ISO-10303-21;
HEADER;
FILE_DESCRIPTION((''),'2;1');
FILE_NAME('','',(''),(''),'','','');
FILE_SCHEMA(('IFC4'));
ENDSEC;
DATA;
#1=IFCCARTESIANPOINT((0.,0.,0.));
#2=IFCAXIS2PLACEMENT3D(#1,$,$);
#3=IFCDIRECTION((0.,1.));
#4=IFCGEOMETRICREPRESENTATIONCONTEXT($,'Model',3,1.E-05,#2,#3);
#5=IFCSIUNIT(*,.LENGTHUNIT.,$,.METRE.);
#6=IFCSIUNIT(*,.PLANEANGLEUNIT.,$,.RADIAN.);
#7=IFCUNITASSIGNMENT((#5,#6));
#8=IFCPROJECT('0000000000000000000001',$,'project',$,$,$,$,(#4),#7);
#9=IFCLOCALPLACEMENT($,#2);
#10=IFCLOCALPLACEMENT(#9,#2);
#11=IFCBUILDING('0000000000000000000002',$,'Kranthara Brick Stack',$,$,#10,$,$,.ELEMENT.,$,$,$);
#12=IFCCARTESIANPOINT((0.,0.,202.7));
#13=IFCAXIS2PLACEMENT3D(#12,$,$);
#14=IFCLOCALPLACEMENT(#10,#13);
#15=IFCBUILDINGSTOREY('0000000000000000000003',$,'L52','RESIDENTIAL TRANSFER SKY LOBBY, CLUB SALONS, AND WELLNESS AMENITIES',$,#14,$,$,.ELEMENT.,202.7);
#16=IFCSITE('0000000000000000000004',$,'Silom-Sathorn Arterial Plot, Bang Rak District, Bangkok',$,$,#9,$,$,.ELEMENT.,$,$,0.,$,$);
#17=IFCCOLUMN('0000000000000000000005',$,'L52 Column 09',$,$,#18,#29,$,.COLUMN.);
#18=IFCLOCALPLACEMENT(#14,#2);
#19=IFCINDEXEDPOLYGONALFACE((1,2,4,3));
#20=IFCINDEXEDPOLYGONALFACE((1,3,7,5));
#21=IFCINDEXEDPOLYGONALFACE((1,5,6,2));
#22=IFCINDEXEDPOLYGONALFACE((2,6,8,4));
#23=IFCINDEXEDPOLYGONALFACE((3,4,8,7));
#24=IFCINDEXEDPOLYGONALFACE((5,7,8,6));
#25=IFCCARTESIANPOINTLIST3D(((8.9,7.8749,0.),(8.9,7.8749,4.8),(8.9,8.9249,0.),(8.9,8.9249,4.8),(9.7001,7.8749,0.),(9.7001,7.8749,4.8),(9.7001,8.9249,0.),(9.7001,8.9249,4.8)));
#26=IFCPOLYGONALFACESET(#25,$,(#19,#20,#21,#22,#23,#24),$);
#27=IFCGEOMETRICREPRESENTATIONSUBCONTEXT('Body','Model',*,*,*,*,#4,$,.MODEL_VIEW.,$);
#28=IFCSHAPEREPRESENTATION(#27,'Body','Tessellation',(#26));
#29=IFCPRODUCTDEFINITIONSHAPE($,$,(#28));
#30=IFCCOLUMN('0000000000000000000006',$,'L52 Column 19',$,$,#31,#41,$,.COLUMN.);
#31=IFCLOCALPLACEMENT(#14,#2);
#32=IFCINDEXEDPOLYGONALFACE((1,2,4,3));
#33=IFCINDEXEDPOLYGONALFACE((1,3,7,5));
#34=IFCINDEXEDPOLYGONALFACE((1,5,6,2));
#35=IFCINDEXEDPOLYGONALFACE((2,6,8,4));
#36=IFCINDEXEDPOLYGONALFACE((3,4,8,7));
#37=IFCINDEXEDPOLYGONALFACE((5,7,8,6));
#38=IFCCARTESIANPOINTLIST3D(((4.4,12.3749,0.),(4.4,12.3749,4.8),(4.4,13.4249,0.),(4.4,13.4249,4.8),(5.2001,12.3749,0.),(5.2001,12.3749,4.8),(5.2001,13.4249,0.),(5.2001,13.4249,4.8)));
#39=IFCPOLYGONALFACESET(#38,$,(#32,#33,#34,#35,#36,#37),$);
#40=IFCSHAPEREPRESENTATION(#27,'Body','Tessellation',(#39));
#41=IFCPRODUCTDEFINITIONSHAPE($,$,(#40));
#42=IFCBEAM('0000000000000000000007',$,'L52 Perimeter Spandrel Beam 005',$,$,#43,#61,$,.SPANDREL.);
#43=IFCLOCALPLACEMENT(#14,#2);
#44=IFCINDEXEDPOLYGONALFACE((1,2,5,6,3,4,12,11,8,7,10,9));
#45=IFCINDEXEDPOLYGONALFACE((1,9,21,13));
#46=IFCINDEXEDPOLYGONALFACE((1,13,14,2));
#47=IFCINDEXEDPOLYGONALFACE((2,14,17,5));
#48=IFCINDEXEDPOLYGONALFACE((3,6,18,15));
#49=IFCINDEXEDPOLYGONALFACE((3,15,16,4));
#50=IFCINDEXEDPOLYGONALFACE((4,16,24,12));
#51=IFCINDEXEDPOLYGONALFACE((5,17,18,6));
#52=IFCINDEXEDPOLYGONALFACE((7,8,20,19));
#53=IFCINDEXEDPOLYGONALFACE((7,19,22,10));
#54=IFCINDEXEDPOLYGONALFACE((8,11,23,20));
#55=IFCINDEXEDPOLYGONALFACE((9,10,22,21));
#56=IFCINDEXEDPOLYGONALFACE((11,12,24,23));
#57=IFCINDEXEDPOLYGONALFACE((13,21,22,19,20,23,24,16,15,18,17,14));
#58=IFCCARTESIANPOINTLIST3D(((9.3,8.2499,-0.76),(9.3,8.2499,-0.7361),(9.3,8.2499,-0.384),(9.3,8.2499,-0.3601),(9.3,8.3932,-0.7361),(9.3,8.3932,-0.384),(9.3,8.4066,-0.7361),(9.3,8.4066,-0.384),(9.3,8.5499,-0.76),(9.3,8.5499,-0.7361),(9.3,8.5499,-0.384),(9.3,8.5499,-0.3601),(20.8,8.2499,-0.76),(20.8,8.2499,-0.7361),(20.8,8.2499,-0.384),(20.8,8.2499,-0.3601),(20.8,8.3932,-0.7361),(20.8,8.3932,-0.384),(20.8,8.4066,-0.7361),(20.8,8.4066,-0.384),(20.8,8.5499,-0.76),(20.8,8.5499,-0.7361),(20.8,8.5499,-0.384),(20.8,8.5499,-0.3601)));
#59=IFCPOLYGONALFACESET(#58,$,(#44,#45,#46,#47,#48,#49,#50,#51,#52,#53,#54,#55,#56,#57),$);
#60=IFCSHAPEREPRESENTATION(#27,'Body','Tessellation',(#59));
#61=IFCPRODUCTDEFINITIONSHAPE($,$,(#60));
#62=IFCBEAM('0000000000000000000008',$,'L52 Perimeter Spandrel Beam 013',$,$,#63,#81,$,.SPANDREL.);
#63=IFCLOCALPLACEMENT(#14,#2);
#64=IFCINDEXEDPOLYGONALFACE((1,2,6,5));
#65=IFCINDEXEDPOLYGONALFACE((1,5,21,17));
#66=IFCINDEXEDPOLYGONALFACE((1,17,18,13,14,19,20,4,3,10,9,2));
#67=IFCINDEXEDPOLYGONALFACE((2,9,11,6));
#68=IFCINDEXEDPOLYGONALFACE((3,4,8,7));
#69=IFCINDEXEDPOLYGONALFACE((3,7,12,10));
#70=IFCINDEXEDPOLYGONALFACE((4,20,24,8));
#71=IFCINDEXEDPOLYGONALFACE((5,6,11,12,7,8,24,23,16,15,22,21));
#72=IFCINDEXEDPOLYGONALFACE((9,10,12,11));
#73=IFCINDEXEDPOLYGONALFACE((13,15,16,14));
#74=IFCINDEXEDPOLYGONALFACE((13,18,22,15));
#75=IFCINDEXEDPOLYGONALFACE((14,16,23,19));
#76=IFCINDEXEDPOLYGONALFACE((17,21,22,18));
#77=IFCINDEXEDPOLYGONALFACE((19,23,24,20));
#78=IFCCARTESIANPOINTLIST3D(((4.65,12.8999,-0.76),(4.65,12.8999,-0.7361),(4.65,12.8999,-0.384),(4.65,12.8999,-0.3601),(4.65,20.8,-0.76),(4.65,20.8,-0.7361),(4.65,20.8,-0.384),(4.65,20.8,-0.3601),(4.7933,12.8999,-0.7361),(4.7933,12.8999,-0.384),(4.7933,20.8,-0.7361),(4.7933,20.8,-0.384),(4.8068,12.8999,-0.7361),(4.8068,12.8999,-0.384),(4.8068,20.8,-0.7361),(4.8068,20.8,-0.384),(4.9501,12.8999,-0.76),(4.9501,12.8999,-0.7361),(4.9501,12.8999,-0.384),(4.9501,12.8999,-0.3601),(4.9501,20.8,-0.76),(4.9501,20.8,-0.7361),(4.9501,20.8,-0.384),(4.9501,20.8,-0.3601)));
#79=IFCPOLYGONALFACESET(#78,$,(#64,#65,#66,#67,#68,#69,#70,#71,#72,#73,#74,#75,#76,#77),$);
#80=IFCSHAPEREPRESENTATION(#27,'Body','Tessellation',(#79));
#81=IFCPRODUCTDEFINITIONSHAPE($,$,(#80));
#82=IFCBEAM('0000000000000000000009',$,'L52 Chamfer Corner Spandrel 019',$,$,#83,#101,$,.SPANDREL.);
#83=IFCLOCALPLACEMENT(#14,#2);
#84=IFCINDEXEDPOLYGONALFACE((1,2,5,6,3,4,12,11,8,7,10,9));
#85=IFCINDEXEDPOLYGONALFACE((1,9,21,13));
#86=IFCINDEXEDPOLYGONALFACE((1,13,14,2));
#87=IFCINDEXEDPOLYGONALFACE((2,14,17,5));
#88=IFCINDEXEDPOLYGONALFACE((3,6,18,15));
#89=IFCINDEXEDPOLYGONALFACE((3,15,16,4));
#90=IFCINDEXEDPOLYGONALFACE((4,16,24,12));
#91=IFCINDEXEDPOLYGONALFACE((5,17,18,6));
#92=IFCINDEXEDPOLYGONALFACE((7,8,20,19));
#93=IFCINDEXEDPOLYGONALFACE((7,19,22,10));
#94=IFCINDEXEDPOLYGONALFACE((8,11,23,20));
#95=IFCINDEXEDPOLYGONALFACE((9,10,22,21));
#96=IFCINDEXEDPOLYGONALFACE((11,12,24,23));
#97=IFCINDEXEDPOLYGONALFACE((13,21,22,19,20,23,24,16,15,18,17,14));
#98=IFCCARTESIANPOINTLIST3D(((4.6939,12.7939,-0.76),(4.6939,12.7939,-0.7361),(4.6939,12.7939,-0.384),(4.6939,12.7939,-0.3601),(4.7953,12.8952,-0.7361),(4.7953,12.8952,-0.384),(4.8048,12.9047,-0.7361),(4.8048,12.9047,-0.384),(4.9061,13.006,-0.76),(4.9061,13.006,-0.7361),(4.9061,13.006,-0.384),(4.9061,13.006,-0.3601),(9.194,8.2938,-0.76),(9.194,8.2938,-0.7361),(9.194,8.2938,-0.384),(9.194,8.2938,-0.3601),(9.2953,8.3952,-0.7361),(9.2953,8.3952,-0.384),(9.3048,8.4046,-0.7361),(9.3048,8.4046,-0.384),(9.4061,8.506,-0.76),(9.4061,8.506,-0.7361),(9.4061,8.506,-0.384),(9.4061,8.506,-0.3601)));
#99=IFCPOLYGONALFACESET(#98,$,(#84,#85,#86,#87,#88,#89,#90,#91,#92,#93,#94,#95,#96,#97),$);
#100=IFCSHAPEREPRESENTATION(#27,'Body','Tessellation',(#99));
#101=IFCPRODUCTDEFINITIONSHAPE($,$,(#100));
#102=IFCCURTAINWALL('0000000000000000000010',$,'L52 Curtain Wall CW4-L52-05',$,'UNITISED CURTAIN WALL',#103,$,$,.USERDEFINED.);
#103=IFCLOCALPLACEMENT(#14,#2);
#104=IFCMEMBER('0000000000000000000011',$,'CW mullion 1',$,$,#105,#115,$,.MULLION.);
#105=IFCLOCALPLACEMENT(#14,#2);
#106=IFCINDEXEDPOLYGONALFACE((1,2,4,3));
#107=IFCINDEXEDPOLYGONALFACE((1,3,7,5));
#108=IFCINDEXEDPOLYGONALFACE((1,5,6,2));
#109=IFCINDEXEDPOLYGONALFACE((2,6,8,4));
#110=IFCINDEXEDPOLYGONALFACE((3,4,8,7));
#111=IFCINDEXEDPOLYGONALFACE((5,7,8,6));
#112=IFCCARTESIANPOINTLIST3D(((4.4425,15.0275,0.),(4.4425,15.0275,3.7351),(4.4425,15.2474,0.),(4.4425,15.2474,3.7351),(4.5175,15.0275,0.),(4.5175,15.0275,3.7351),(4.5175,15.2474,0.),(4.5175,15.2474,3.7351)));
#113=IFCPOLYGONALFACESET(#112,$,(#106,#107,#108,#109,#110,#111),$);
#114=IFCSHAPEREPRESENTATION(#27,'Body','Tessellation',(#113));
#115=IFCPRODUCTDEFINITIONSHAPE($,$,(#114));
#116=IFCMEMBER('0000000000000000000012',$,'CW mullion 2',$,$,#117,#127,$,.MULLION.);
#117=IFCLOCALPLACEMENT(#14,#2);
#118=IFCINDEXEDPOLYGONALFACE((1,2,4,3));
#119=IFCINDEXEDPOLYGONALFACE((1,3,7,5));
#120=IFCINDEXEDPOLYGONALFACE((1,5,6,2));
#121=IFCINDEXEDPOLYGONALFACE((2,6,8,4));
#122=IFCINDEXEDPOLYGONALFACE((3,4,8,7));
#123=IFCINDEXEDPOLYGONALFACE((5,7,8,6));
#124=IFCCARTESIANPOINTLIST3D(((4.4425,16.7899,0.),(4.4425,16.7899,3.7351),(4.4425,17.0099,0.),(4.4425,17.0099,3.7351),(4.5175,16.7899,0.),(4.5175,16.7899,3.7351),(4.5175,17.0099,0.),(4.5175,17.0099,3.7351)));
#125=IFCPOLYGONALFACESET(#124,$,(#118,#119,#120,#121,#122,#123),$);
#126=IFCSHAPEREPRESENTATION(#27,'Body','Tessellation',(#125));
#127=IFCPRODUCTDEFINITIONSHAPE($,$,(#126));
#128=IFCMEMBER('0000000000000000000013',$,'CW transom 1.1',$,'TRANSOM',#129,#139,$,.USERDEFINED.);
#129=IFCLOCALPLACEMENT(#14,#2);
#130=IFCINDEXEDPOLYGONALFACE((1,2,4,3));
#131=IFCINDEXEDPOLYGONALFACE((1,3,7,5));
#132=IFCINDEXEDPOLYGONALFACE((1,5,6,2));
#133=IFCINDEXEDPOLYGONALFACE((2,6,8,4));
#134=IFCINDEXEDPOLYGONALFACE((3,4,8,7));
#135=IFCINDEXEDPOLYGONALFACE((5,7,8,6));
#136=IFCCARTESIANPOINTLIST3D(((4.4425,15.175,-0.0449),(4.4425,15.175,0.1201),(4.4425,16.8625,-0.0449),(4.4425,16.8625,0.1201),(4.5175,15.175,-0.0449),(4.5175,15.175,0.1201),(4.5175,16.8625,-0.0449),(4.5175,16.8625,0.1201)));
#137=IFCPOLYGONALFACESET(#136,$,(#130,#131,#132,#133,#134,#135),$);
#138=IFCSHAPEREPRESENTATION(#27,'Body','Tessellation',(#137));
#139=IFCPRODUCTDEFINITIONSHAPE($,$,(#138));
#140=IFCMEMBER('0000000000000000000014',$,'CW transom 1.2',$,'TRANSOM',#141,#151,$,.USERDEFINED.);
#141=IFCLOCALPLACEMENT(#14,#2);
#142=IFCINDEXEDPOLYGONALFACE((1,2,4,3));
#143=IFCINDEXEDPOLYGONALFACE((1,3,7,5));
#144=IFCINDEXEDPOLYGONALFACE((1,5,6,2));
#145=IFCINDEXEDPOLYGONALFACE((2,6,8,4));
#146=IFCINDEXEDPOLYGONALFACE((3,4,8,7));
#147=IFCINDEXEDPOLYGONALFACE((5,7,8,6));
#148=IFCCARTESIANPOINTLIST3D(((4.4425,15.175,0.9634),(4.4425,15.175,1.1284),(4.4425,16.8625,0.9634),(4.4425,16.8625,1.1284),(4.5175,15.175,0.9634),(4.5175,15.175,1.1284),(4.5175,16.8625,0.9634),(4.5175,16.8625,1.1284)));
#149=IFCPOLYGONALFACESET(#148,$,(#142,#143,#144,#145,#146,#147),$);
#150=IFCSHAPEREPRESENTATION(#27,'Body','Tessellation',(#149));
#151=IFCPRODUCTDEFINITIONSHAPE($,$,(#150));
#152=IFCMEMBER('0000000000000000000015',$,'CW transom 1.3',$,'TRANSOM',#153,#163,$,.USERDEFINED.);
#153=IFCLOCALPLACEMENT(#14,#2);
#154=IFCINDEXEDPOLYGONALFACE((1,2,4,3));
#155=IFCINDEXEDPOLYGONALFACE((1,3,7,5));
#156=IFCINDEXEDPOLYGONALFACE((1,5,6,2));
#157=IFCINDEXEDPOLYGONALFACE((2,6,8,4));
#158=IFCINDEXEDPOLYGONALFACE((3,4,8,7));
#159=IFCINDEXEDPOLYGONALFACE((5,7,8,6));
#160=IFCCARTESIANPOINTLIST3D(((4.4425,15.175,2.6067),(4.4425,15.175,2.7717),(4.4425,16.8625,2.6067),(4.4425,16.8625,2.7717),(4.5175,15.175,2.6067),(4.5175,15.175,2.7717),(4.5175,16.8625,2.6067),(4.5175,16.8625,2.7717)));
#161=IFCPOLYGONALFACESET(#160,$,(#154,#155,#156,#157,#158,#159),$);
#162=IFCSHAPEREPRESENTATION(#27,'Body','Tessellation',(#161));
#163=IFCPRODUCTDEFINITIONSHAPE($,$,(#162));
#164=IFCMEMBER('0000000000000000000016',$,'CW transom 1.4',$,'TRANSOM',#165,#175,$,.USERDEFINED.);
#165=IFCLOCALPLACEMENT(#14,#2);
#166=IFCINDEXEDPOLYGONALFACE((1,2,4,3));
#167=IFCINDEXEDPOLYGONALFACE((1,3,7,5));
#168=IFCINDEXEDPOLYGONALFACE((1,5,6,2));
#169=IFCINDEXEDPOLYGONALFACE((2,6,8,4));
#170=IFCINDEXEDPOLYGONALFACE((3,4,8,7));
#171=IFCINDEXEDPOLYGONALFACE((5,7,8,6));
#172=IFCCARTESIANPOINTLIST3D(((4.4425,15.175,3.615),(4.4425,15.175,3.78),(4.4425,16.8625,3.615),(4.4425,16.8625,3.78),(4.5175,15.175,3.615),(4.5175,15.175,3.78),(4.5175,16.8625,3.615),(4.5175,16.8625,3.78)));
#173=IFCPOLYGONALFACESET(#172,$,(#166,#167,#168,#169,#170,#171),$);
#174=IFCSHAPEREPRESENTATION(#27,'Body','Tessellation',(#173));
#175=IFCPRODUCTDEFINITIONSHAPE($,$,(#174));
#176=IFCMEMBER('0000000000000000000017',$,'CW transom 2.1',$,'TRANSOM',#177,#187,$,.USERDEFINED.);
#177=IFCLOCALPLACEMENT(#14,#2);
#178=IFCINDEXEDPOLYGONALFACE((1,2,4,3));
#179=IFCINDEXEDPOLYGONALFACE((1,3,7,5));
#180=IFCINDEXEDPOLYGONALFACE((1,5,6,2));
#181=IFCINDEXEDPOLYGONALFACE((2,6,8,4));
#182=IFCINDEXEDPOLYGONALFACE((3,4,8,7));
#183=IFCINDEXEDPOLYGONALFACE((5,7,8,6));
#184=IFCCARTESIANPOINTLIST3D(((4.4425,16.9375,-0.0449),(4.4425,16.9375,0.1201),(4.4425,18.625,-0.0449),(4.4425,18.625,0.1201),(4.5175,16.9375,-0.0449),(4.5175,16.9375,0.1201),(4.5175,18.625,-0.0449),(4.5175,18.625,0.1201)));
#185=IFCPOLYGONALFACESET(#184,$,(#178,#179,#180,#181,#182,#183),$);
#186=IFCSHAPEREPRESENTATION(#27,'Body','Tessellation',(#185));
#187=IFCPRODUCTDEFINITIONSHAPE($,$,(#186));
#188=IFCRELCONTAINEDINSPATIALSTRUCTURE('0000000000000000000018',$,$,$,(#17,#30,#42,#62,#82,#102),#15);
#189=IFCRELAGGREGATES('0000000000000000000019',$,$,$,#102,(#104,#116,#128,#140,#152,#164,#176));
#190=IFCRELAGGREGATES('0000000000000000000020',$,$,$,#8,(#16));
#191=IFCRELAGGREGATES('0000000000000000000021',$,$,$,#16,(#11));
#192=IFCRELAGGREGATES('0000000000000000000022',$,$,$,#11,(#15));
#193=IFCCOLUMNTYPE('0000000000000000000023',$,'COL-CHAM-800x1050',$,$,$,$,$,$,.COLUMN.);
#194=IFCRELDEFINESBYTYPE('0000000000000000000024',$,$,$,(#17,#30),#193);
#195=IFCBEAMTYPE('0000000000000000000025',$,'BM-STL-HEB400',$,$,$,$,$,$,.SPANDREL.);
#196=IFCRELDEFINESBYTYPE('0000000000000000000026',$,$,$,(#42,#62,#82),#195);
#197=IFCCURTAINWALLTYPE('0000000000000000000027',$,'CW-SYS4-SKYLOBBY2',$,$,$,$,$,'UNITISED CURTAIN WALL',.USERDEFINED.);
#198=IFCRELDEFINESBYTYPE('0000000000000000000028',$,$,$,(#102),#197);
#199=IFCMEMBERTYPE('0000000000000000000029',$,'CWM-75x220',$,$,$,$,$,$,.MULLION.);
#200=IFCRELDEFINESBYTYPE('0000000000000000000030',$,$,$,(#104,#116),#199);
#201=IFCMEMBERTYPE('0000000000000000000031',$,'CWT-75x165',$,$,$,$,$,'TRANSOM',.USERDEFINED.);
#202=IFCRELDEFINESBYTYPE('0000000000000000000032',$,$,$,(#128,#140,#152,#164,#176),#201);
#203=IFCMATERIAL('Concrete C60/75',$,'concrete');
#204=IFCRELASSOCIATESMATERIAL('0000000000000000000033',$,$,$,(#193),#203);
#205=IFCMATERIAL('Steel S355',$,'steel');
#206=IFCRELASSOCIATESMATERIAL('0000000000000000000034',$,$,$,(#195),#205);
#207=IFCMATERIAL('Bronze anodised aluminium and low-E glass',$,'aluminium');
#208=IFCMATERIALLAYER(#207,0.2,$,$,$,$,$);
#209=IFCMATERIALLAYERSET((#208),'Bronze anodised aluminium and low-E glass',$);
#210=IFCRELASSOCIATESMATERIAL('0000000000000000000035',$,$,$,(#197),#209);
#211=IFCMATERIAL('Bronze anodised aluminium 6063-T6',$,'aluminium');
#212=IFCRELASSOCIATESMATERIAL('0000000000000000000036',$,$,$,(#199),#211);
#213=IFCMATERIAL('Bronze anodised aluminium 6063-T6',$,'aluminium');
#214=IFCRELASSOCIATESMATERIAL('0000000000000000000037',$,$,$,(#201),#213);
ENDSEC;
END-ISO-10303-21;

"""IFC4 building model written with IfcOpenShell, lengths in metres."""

from ifc_helpers import new_model, si_unit, direction, frame, origin, origin_2d, place, context, subcontext, project, spatial, rectangle, i_section, extrude, material, layer, layer_set, material_profile, profile_set, type_object, element, aggregate, save


model = new_model("IFC4")

# Units and contexts
model_context = context("Model", 3, precision=1e-05, world=origin(), true_north=direction((0.0, 1.0)))
body_context = subcontext(model_context, "Body", "Model", "MODEL_VIEW")
ifc_project = project(units=[si_unit("LENGTHUNIT", "METRE"), si_unit("PLANEANGLEUNIT", "RADIAN")], contexts=[model_context])

# Site, building, storey
site_placement = place(None, origin())
site = spatial("IfcSite", under=ifc_project, at=site_placement, Name="Silom-Sathorn Arterial Plot, Bang Rak District, Bangkok", CompositionType="ELEMENT", RefElevation=0.0)
building_placement = place(site_placement, origin())
building = spatial("IfcBuilding", under=site, at=building_placement, Name="Kranthara Brick Stack", CompositionType="ELEMENT")
storey_placement = place(building_placement, frame((0.0, 0.0, 202.7)))
storey = spatial("IfcBuildingStorey", under=building, at=storey_placement, Name="L52", Description="RESIDENTIAL TRANSFER SKY LOBBY, CLUB SALONS, AND WELLNESS AMENITIES", CompositionType="ELEMENT", Elevation=202.7)

# Columns
ifc_material_1 = material(Name="Concrete C60/75", Category="concrete")
ifc_material_profile_1 = material_profile(ifc_material_1, rectangle(XDim=0.8, YDim=1.05, at=origin_2d()), Name="RC 800x1050")
ifc_profile_set_1 = profile_set([ifc_material_profile_1], Name="Concrete C60/75")
column_type = type_object("IfcColumnType", Name="COL-CHAM-800x1050", PredefinedType="COLUMN", material=ifc_profile_set_1)
for number, where, z_axis, x_axis, name in (
    (1, (9.3, 8.3999, 0.0), (0.0, 0.0, 1.0), (1.0, 0.0, 0.0), "L52 Column 09"),
    (2, (4.8, 12.8999, 0.0), (0.0, 0.0, 1.0), (1.0, 0.0, 0.0), "L52 Column 19"),
):
    element("IfcColumn", number, at=place(storey_placement, frame(where, z_axis=z_axis, x_axis=x_axis)), inside=storey, type_object=column_type, Name=name, PredefinedType="COLUMN", context=body_context, shape_type="SweptSolid", body=[
        extrude(rectangle(XDim=0.8, YDim=1.05, at=origin_2d()), origin(), (0.0, 0.0, 1.0), 4.8),
    ])

# Beams
ifc_material_2 = material(Name="Steel S355", Category="steel")
ifc_material_profile_2 = material_profile(ifc_material_2, i_section(OverallWidth=0.3, OverallDepth=0.3999, WebThickness=0.0134, FlangeThickness=0.0239, at=origin_2d()), Name="HEB 400")
ifc_profile_set_2 = profile_set([ifc_material_profile_2], Name="Steel S355")
beam_type = type_object("IfcBeamType", Name="BM-STL-HEB400", PredefinedType="SPANDREL", material=ifc_profile_set_2)
beam_1_placement = place(storey_placement, frame((9.3, 8.3999, -0.5601), z_axis=(1.0, 0.0, 0.0), x_axis=(0.0, 1.0, 0.0)))
element("IfcBeam", 3, at=beam_1_placement, inside=storey, type_object=beam_type, Name="L52 Perimeter Spandrel Beam 005", PredefinedType="SPANDREL", context=body_context, shape_type="SweptSolid", body=[
    extrude(i_section(OverallWidth=0.3, OverallDepth=0.3999, WebThickness=0.0134, FlangeThickness=0.0239, at=origin_2d()), origin(), (0.0, 0.0, 1.0), 11.5),
])
beam_2_placement = place(storey_placement, frame((4.8, 12.8999, -0.5601), z_axis=(0.0, 1.0, 0.0), x_axis=(-1.0, 0.0, 0.0)))
element("IfcBeam", 4, at=beam_2_placement, inside=storey, type_object=beam_type, Name="L52 Perimeter Spandrel Beam 013", PredefinedType="SPANDREL", context=body_context, shape_type="SweptSolid", body=[
    extrude(i_section(OverallWidth=0.3, OverallDepth=0.3999, WebThickness=0.0134, FlangeThickness=0.0239, at=origin_2d()), origin(), (0.0, 0.0, 1.0), 7.9001),
])
beam_3_placement = place(storey_placement, frame((9.3, 8.3999, -0.5601), z_axis=(-0.707107, 0.707107, 0.0), x_axis=(-0.707107, -0.707107, 0.0)))
element("IfcBeam", 5, at=beam_3_placement, inside=storey, type_object=beam_type, Name="L52 Chamfer Corner Spandrel 019", PredefinedType="SPANDREL", context=body_context, shape_type="SweptSolid", body=[
    extrude(i_section(OverallWidth=0.3, OverallDepth=0.3999, WebThickness=0.0134, FlangeThickness=0.0239, at=origin_2d()), origin(), (0.0, 0.0, 1.0), 6.364),
])

# Curtain wall, members
ifc_material_3 = material(Name="Bronze anodised aluminium and low-E glass", Category="aluminium")
ifc_layer_1 = layer(ifc_material_3, 0.2)
ifc_layer_set_1 = layer_set([ifc_layer_1], Name="Bronze anodised aluminium and low-E glass")
curtain_wall_type = type_object("IfcCurtainWallType", Name="CW-SYS4-SKYLOBBY2", ElementType="UNITISED CURTAIN WALL", PredefinedType="USERDEFINED", material=ifc_layer_set_1)
curtain_wall_placement = place(storey_placement, origin())
curtain_wall = element("IfcCurtainWall", 6, at=curtain_wall_placement, inside=storey, type_object=curtain_wall_type, Name="L52 Curtain Wall CW4-L52-05", ObjectType="UNITISED CURTAIN WALL", PredefinedType="USERDEFINED")
ifc_material_4 = material(Name="Bronze anodised aluminium 6063-T6", Category="aluminium")
ifc_material_profile_3 = material_profile(ifc_material_4, rectangle(XDim=0.075, YDim=0.22, at=origin_2d()), Name="ALU MULLION 75x220")
ifc_profile_set_3 = profile_set([ifc_material_profile_3], Name="Bronze anodised aluminium 6063-T6")
member_type_1 = type_object("IfcMemberType", Name="CWM-75x220", PredefinedType="MULLION", material=ifc_profile_set_3)
member_1_placement = place(storey_placement, frame((4.48, 15.1375, 0.0), z_axis=(0.0, 0.0, 1.0), x_axis=(-1.0, 0.0, 0.0)))
member_1 = element("IfcMember", 7, at=member_1_placement, type_object=member_type_1, Name="CW mullion 1", PredefinedType="MULLION", context=body_context, shape_type="SweptSolid", body=[
    extrude(rectangle(XDim=0.075, YDim=0.22, at=origin_2d()), origin(), (0.0, 0.0, 1.0), 3.7351),
])
member_2_placement = place(storey_placement, frame((4.48, 16.8999, 0.0), z_axis=(0.0, 0.0, 1.0), x_axis=(-1.0, 0.0, 0.0)))
member_2 = element("IfcMember", 8, at=member_2_placement, type_object=member_type_1, Name="CW mullion 2", PredefinedType="MULLION", context=body_context, shape_type="SweptSolid", body=[
    extrude(rectangle(XDim=0.075, YDim=0.22, at=origin_2d()), origin(), (0.0, 0.0, 1.0), 3.7351),
])
ifc_material_5 = material(Name="Bronze anodised aluminium 6063-T6", Category="aluminium")
ifc_material_profile_4 = material_profile(ifc_material_5, rectangle(XDim=0.075, YDim=0.165, at=origin_2d()), Name="ALU TRANSOM 75x165")
ifc_profile_set_4 = profile_set([ifc_material_profile_4], Name="Bronze anodised aluminium 6063-T6")
member_type_2 = type_object("IfcMemberType", Name="CWT-75x165", ElementType="TRANSOM", PredefinedType="USERDEFINED", material=ifc_profile_set_4)
member_3_placement = place(storey_placement, frame((4.48, 15.175, 0.0376), z_axis=(0.0, 1.0, 0.0), x_axis=(-1.0, 0.0, 0.0)))
member_3 = element("IfcMember", 9, at=member_3_placement, type_object=member_type_2, Name="CW transom 1.1", ObjectType="TRANSOM", PredefinedType="USERDEFINED", context=body_context, shape_type="SweptSolid", body=[
    extrude(rectangle(XDim=0.075, YDim=0.165, at=origin_2d()), origin(), (0.0, 0.0, 1.0), 1.6875),
])
member_4_placement = place(storey_placement, frame((4.48, 15.175, 1.0459), z_axis=(0.0, 1.0, 0.0), x_axis=(-1.0, 0.0, 0.0)))
member_4 = element("IfcMember", 10, at=member_4_placement, type_object=member_type_2, Name="CW transom 1.2", ObjectType="TRANSOM", PredefinedType="USERDEFINED", context=body_context, shape_type="SweptSolid", body=[
    extrude(rectangle(XDim=0.075, YDim=0.165, at=origin_2d()), origin(), (0.0, 0.0, 1.0), 1.6875),
])
member_5_placement = place(storey_placement, frame((4.48, 15.175, 2.6892), z_axis=(0.0, 1.0, 0.0), x_axis=(-1.0, 0.0, 0.0)))
member_5 = element("IfcMember", 11, at=member_5_placement, type_object=member_type_2, Name="CW transom 1.3", ObjectType="TRANSOM", PredefinedType="USERDEFINED", context=body_context, shape_type="SweptSolid", body=[
    extrude(rectangle(XDim=0.075, YDim=0.165, at=origin_2d()), origin(), (0.0, 0.0, 1.0), 1.6875),
])
member_6_placement = place(storey_placement, frame((4.48, 15.175, 3.6975), z_axis=(0.0, 1.0, 0.0), x_axis=(-1.0, 0.0, 0.0)))
member_6 = element("IfcMember", 12, at=member_6_placement, type_object=member_type_2, Name="CW transom 1.4", ObjectType="TRANSOM", PredefinedType="USERDEFINED", context=body_context, shape_type="SweptSolid", body=[
    extrude(rectangle(XDim=0.075, YDim=0.165, at=origin_2d()), origin(), (0.0, 0.0, 1.0), 1.6875),
])
member_7_placement = place(storey_placement, frame((4.48, 16.9375, 0.0376), z_axis=(0.0, 1.0, 0.0), x_axis=(-1.0, 0.0, 0.0)))
member_7 = element("IfcMember", 13, at=member_7_placement, type_object=member_type_2, Name="CW transom 2.1", ObjectType="TRANSOM", PredefinedType="USERDEFINED", context=body_context, shape_type="SweptSolid", body=[
    extrude(rectangle(XDim=0.075, YDim=0.165, at=origin_2d()), origin(), (0.0, 0.0, 1.0), 1.6875),
])
aggregate(curtain_wall, [member_1, member_2, member_3, member_4, member_5, member_6, member_7])

save(model, "model.ifc")
